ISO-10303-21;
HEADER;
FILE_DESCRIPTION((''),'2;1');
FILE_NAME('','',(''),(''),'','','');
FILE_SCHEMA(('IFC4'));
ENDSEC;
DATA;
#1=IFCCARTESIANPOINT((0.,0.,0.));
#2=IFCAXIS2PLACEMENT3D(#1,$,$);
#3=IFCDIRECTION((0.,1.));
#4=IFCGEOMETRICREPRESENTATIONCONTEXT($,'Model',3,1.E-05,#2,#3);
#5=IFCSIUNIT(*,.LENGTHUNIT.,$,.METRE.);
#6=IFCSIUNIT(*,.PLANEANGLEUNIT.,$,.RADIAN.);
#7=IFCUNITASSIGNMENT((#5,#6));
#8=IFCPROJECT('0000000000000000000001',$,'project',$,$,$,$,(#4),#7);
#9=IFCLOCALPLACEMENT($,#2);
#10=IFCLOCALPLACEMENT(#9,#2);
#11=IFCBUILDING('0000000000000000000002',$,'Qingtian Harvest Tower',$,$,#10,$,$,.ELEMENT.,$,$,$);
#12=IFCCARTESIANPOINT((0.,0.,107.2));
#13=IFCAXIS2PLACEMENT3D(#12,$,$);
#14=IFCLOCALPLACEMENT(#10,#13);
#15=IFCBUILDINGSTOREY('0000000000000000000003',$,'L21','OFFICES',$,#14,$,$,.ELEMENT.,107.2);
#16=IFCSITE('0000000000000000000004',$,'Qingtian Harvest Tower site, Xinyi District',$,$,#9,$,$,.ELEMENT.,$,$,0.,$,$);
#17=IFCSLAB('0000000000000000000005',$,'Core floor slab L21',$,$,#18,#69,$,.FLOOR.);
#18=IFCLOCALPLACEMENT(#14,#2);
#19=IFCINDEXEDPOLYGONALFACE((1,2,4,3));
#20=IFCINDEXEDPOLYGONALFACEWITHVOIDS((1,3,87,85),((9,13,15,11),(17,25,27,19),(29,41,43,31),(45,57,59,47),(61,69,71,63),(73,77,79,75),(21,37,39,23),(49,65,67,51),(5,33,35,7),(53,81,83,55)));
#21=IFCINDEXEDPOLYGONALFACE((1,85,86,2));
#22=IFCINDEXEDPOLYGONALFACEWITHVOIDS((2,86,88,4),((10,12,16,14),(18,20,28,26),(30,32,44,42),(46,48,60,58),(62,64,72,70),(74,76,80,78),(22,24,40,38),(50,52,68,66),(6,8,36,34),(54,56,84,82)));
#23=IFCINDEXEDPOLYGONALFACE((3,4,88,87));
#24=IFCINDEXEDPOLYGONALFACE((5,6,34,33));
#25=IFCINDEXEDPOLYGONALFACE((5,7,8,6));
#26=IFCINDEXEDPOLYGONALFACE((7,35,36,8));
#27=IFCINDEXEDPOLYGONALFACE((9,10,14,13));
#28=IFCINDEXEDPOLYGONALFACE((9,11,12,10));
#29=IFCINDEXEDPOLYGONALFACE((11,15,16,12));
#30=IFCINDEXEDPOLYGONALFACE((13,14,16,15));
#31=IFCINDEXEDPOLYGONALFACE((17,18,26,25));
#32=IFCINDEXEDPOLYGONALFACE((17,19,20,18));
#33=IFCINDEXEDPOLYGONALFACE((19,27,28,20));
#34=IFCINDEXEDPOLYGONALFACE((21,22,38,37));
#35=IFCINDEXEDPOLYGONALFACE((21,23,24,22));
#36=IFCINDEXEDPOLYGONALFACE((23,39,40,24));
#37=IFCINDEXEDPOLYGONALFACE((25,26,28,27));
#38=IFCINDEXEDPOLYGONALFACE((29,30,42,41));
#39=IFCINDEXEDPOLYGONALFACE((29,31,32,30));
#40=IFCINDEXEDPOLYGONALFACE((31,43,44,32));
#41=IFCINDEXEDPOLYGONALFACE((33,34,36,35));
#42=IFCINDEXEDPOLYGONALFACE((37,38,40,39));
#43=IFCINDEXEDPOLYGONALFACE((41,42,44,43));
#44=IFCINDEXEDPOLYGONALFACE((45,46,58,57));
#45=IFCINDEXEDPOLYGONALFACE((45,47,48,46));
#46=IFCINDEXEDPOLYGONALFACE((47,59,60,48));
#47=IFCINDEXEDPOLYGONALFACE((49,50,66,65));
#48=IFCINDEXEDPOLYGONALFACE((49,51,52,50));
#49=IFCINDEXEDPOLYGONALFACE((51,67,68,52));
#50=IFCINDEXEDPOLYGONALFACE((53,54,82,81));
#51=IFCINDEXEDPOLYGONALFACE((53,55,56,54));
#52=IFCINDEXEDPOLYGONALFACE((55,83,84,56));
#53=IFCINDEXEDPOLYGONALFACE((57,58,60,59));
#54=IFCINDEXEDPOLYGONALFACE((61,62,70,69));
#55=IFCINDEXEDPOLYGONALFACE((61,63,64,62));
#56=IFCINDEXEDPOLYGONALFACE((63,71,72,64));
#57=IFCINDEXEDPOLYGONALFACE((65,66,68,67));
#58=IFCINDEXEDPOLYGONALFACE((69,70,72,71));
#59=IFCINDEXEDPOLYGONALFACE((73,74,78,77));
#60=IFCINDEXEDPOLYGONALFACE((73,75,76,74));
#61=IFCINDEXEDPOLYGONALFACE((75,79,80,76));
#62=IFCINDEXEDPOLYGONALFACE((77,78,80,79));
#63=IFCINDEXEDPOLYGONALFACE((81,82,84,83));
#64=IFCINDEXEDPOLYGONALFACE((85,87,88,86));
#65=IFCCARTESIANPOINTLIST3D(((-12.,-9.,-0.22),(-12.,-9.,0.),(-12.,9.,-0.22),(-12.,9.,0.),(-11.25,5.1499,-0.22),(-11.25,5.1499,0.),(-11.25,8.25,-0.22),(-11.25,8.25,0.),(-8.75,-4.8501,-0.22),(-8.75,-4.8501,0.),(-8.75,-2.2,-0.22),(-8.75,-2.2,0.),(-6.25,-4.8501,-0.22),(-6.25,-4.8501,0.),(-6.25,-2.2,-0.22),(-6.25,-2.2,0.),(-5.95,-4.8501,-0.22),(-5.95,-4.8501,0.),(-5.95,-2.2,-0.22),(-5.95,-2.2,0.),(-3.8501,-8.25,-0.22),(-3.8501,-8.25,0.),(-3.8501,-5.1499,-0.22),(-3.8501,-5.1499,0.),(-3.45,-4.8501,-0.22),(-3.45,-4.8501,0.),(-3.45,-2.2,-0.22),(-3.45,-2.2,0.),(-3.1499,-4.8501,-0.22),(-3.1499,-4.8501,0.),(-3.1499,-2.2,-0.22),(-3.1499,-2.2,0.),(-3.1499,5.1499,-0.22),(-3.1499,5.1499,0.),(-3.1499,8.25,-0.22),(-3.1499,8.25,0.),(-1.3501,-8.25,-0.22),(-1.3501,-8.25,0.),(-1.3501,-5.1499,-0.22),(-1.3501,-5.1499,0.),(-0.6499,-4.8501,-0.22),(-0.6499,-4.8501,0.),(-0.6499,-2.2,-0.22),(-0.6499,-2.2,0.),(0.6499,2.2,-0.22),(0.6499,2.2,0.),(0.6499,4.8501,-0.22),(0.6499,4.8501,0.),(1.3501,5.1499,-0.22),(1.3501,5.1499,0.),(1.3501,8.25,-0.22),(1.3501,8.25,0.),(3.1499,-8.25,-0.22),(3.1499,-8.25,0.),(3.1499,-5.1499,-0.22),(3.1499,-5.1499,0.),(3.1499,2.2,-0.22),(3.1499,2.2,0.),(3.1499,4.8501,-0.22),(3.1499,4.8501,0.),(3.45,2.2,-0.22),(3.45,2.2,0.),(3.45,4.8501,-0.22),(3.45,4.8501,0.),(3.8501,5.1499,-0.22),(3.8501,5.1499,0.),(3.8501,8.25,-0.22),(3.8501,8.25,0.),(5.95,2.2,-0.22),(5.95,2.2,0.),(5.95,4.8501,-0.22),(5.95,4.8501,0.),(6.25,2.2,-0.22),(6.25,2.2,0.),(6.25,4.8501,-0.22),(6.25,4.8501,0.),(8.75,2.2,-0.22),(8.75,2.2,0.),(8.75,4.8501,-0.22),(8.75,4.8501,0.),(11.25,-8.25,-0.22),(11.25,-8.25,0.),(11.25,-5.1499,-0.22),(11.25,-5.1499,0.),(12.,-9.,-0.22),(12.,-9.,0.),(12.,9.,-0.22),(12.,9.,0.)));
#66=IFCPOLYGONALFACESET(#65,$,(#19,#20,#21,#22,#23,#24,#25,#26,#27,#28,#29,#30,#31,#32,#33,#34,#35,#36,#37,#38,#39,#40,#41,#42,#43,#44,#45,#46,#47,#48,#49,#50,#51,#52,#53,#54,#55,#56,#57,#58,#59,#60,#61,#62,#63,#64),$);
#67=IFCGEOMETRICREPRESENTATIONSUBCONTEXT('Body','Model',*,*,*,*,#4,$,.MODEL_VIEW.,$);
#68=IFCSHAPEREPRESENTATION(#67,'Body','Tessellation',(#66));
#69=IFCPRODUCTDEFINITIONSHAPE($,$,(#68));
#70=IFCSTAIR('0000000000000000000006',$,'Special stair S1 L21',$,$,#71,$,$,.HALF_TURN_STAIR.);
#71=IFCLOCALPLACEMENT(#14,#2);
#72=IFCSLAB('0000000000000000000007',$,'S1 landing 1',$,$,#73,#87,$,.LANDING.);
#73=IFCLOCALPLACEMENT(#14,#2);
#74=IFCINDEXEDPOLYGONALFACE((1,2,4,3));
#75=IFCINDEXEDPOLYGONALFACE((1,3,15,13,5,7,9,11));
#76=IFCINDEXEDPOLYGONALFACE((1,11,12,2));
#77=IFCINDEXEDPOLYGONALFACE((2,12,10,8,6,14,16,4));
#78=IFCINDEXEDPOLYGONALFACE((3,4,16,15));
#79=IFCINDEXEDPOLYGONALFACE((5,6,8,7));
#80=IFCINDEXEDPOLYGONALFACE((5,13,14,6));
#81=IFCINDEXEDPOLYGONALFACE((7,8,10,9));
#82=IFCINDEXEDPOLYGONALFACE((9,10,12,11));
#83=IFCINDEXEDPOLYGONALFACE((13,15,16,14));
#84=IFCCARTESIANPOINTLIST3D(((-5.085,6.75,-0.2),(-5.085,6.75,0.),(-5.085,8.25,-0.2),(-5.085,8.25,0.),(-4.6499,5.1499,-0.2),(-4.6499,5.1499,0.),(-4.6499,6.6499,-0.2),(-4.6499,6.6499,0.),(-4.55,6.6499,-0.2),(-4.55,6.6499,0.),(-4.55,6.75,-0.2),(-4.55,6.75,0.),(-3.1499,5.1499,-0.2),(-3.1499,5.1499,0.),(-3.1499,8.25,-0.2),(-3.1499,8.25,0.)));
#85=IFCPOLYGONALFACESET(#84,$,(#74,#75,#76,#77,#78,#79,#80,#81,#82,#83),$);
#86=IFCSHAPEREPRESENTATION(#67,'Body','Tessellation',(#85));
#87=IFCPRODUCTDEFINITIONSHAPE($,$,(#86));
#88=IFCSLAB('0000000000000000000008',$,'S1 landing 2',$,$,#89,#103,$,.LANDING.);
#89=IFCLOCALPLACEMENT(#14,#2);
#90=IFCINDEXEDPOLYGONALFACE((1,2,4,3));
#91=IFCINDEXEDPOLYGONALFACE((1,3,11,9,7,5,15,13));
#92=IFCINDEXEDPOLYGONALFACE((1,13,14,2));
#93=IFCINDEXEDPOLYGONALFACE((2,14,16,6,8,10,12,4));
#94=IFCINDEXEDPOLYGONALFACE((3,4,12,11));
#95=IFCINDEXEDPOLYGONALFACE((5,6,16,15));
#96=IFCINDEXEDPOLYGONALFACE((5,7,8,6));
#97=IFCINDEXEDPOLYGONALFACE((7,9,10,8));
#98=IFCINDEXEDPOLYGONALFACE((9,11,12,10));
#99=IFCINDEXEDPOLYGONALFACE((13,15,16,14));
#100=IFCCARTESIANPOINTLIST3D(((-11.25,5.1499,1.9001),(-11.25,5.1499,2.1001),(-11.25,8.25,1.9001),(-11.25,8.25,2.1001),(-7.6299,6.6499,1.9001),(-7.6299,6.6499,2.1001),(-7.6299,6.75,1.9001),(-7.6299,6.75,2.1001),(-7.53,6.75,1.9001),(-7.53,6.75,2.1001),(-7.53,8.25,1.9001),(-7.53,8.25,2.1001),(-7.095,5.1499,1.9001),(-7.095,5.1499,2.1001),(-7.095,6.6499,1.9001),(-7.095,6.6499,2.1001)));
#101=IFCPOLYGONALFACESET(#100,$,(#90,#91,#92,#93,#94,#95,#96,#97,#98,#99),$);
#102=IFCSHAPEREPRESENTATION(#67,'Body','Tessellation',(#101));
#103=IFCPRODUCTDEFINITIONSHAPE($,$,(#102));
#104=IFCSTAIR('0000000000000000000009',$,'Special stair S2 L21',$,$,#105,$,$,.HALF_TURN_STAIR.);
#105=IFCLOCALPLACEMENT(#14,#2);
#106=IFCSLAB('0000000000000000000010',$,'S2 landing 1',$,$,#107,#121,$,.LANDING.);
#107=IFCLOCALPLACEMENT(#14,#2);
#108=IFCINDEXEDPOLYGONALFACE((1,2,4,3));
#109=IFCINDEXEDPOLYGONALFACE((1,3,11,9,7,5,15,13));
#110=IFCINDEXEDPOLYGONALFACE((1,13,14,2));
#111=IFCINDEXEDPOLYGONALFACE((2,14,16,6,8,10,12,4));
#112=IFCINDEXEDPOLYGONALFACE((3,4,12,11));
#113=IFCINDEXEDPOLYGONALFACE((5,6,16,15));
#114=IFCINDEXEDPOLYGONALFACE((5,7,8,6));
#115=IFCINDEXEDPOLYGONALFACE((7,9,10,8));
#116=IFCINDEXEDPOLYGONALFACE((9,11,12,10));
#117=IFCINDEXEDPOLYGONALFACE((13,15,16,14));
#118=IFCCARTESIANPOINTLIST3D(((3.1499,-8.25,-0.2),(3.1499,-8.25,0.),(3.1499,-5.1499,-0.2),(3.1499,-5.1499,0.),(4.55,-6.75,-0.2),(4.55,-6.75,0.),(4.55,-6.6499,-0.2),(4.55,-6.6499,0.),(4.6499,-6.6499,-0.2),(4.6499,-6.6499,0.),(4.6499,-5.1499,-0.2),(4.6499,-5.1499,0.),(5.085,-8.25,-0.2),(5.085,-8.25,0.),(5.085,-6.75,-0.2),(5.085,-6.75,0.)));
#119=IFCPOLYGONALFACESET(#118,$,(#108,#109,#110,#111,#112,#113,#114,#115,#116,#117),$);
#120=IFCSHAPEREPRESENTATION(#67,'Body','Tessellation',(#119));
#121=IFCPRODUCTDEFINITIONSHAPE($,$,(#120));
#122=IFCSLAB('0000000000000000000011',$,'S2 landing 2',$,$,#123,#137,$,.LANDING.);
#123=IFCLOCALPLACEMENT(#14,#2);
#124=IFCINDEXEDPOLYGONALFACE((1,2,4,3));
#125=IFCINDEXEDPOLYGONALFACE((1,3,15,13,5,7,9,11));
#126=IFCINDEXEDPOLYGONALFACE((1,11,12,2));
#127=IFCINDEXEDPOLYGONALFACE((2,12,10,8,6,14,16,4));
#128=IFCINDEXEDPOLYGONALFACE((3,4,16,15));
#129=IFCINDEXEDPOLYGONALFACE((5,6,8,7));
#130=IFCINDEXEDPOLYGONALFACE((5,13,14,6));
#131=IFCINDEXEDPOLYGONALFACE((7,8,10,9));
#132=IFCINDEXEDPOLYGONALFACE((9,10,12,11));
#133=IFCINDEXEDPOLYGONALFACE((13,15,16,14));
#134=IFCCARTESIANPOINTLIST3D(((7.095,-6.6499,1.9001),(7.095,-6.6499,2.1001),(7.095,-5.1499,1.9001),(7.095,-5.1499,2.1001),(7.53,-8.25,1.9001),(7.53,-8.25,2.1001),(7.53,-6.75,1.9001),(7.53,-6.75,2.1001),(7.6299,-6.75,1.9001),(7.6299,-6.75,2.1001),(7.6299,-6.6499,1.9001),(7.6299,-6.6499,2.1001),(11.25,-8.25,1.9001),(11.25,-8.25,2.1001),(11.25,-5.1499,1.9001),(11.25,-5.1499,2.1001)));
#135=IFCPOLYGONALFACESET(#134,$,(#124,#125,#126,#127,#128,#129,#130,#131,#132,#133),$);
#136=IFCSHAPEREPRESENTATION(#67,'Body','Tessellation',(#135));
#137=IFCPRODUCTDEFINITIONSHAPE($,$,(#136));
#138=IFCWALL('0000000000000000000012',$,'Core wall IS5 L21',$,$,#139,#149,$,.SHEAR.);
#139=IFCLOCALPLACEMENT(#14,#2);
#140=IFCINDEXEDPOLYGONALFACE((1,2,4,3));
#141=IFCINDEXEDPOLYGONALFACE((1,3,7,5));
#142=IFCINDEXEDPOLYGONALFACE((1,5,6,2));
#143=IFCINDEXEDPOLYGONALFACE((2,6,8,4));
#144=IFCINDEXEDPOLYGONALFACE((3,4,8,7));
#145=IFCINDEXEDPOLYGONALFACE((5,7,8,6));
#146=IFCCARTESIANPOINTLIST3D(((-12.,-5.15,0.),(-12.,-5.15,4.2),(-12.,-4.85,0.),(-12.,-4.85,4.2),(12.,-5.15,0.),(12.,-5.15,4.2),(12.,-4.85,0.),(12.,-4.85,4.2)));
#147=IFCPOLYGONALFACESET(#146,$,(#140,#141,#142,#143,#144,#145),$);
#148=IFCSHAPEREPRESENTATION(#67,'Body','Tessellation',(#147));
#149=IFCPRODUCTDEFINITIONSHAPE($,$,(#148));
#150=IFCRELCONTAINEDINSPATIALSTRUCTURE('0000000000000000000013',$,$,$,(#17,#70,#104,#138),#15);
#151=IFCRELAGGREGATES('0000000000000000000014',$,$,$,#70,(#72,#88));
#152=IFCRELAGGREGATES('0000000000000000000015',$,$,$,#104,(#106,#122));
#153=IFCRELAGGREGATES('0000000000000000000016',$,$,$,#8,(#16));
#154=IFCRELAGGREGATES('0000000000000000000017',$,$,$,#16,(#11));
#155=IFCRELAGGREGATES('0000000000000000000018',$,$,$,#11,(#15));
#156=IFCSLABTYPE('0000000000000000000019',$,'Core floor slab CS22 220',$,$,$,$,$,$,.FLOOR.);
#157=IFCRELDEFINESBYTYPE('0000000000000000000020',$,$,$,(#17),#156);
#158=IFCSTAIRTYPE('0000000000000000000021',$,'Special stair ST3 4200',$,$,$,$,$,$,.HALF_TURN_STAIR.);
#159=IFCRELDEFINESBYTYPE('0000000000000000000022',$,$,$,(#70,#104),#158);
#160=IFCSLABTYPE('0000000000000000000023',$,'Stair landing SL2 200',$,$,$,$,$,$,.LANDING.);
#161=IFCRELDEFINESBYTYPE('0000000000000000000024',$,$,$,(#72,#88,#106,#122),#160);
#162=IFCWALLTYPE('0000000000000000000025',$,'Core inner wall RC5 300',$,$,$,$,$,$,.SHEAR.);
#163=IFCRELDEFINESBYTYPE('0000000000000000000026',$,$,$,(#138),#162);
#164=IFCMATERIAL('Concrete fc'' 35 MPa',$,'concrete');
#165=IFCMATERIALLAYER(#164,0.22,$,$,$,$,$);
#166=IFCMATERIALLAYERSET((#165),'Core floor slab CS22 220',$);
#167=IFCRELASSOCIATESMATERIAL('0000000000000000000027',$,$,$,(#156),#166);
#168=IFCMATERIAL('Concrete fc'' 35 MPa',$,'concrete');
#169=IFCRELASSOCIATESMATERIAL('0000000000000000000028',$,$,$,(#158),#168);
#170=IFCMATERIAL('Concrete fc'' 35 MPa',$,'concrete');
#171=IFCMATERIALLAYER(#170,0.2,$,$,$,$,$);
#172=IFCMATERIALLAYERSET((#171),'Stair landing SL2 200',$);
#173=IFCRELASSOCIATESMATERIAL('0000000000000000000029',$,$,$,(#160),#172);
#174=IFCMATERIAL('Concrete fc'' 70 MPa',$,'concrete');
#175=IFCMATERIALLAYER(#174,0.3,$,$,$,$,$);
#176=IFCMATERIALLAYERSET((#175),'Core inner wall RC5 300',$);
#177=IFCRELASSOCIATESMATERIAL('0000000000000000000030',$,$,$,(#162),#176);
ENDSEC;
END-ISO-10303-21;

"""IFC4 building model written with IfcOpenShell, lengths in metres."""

from ifc_helpers import new_model, si_unit, direction, frame, frame_2d, origin, place, context, subcontext, project, spatial, polyline, rectangle, outline, extrude, material, layer, layer_set, type_object, element, aggregate, save


model = new_model("IFC4")

# Units and contexts
model_context = context("Model", 3, precision=1e-05, world=origin(), true_north=direction((0.0, 1.0)))
body_context = subcontext(model_context, "Body", "Model", "MODEL_VIEW")
ifc_project = project(units=[si_unit("LENGTHUNIT", "METRE"), si_unit("PLANEANGLEUNIT", "RADIAN")], contexts=[model_context])

# Site, building, storey
site_placement = place(None, origin())
site = spatial("IfcSite", under=ifc_project, at=site_placement, Name="Qingtian Harvest Tower site, Xinyi District", CompositionType="ELEMENT", RefElevation=0.0)
building_placement = place(site_placement, origin())
building = spatial("IfcBuilding", under=site, at=building_placement, Name="Qingtian Harvest Tower", CompositionType="ELEMENT")
storey_placement = place(building_placement, frame((0.0, 0.0, 107.2)))
storey = spatial("IfcBuildingStorey", under=building, at=storey_placement, Name="L21", Description="OFFICES", CompositionType="ELEMENT", Elevation=107.2)

# Slab
ifc_material_1 = material(Name="Concrete fc' 35 MPa", Category="concrete")
ifc_layer_1 = layer(ifc_material_1, 0.22)
ifc_layer_set_1 = layer_set([ifc_layer_1], Name="Core floor slab CS22 220")
slab_type_1 = type_object("IfcSlabType", Name="Core floor slab CS22 220", PredefinedType="FLOOR", material=ifc_layer_set_1)
slab_1_placement = place(storey_placement, frame((0.0, 0.0, -0.22)))
element("IfcSlab", 1, at=slab_1_placement, inside=storey, type_object=slab_type_1, Name="Core floor slab L21", PredefinedType="FLOOR", context=body_context, shape_type="SweptSolid", body=[
    extrude(outline(polyline([(-12.0, -9.0), (12.0, -9.0), (12.0, 9.0), (-12.0, 9.0), (-12.0, -9.0)]), holes=[polyline([(-11.25, 5.1499), (-3.1499, 5.1499), (-3.1499, 8.25), (-11.25, 8.25), (-11.25, 5.1499)]), polyline([(3.1499, -8.25), (11.25, -8.25), (11.25, -5.1499), (3.1499, -5.1499), (3.1499, -8.25)]), polyline([(1.3501, 5.1499), (3.8501, 5.1499), (3.8501, 8.25), (1.3501, 8.25), (1.3501, 5.1499)]), polyline([(-3.8501, -8.25), (-1.3501, -8.25), (-1.3501, -5.1499), (-3.8501, -5.1499), (-3.8501, -8.25)]), polyline([(0.6499, 2.2), (3.1499, 2.2), (3.1499, 4.8501), (0.6499, 4.8501), (0.6499, 2.2)]), polyline([(3.45, 2.2), (5.95, 2.2), (5.95, 4.8501), (3.45, 4.8501), (3.45, 2.2)]), polyline([(6.25, 2.2), (8.75, 2.2), (8.75, 4.8501), (6.25, 4.8501), (6.25, 2.2)]), polyline([(-8.75, -4.8501), (-6.25, -4.8501), (-6.25, -2.2), (-8.75, -2.2), (-8.75, -4.8501)]), polyline([(-5.95, -4.8501), (-3.45, -4.8501), (-3.45, -2.2), (-5.95, -2.2), (-5.95, -4.8501)]), polyline([(-3.1499, -4.8501), (-0.6499, -4.8501), (-0.6499, -2.2), (-3.1499, -2.2), (-3.1499, -4.8501)])]), origin(), (0.0, 0.0, 1.0), 0.22),
])

# Stairs, slabs
ifc_material_2 = material(Name="Concrete fc' 35 MPa", Category="concrete")
stair_type = type_object("IfcStairType", Name="Special stair ST3 4200", PredefinedType="HALF_TURN_STAIR", material=ifc_material_2)
stair_1_placement = place(storey_placement, origin())
stair_1 = element("IfcStair", 2, at=stair_1_placement, inside=storey, type_object=stair_type, Name="Special stair S1 L21", PredefinedType="HALF_TURN_STAIR")
ifc_material_3 = material(Name="Concrete fc' 35 MPa", Category="concrete")
ifc_layer_2 = layer(ifc_material_3, 0.2)
ifc_layer_set_2 = layer_set([ifc_layer_2], Name="Stair landing SL2 200")
slab_type_2 = type_object("IfcSlabType", Name="Stair landing SL2 200", PredefinedType="LANDING", material=ifc_layer_set_2)
slab_2_placement = place(storey_placement, frame((0.0, 0.0, -0.2)))
slab_2 = element("IfcSlab", 3, at=slab_2_placement, type_object=slab_type_2, Name="S1 landing 1", PredefinedType="LANDING", context=body_context, shape_type="SweptSolid", body=[
    extrude(outline(polyline([(-4.6499, 5.1499), (-4.6499, 6.6499), (-4.55, 6.6499), (-4.55, 6.75), (-5.085, 6.75), (-5.085, 8.25), (-3.1499, 8.25), (-3.1499, 5.1499), (-4.6499, 5.1499)])), origin(), (0.0, 0.0, 1.0), 0.2),
])
slab_3_placement = place(storey_placement, frame((0.0, 0.0, 1.9001)))
slab_3 = element("IfcSlab", 4, at=slab_3_placement, type_object=slab_type_2, Name="S1 landing 2", PredefinedType="LANDING", context=body_context, shape_type="SweptSolid", body=[
    extrude(outline(polyline([(-7.095, 5.1499), (-11.25, 5.1499), (-11.25, 8.25), (-7.53, 8.25), (-7.53, 6.75), (-7.6299, 6.75), (-7.6299, 6.6499), (-7.095, 6.6499), (-7.095, 5.1499)])), origin(), (0.0, 0.0, 1.0), 0.2),
])
aggregate(stair_1, [slab_2, slab_3])
stair_2_placement = place(storey_placement, origin())
stair_2 = element("IfcStair", 5, at=stair_2_placement, inside=storey, type_object=stair_type, Name="Special stair S2 L21", PredefinedType="HALF_TURN_STAIR")
slab_4_placement = place(storey_placement, frame((0.0, 0.0, -0.2)))
slab_4 = element("IfcSlab", 6, at=slab_4_placement, type_object=slab_type_2, Name="S2 landing 1", PredefinedType="LANDING", context=body_context, shape_type="SweptSolid", body=[
    extrude(outline(polyline([(5.085, -8.25), (3.1499, -8.25), (3.1499, -5.1499), (4.6499, -5.1499), (4.6499, -6.6499), (4.55, -6.6499), (4.55, -6.75), (5.085, -6.75), (5.085, -8.25)])), origin(), (0.0, 0.0, 1.0), 0.2),
])
slab_5_placement = place(storey_placement, frame((0.0, 0.0, 1.9001)))
slab_5 = element("IfcSlab", 7, at=slab_5_placement, type_object=slab_type_2, Name="S2 landing 2", PredefinedType="LANDING", context=body_context, shape_type="SweptSolid", body=[
    extrude(outline(polyline([(7.53, -8.25), (7.53, -6.75), (7.6299, -6.75), (7.6299, -6.6499), (7.095, -6.6499), (7.095, -5.1499), (11.25, -5.1499), (11.25, -8.25), (7.53, -8.25)])), origin(), (0.0, 0.0, 1.0), 0.2),
])
aggregate(stair_2, [slab_4, slab_5])

# Wall
ifc_material_4 = material(Name="Concrete fc' 70 MPa", Category="concrete")
ifc_layer_3 = layer(ifc_material_4, 0.3)
ifc_layer_set_3 = layer_set([ifc_layer_3], Name="Core inner wall RC5 300")
wall_type_1 = type_object("IfcWallType", Name="Core inner wall RC5 300", PredefinedType="SHEAR", material=ifc_layer_set_3)
wall_1_placement = place(storey_placement, frame((-12.0, -5.0, 0.0), z_axis=(0.0, 0.0, 1.0), x_axis=(1.0, 0.0, 0.0)))
element("IfcWall", 8, at=wall_1_placement, inside=storey, type_object=wall_type_1, Name="Core wall IS5 L21", PredefinedType="SHEAR", context=body_context, shape_type="SweptSolid", body=[
    extrude(rectangle(XDim=24.0, YDim=0.3, at=frame_2d((12.0, 0.0))), origin(), (0.0, 0.0, 1.0), 4.2),
])

save(model, "model.ifc")
